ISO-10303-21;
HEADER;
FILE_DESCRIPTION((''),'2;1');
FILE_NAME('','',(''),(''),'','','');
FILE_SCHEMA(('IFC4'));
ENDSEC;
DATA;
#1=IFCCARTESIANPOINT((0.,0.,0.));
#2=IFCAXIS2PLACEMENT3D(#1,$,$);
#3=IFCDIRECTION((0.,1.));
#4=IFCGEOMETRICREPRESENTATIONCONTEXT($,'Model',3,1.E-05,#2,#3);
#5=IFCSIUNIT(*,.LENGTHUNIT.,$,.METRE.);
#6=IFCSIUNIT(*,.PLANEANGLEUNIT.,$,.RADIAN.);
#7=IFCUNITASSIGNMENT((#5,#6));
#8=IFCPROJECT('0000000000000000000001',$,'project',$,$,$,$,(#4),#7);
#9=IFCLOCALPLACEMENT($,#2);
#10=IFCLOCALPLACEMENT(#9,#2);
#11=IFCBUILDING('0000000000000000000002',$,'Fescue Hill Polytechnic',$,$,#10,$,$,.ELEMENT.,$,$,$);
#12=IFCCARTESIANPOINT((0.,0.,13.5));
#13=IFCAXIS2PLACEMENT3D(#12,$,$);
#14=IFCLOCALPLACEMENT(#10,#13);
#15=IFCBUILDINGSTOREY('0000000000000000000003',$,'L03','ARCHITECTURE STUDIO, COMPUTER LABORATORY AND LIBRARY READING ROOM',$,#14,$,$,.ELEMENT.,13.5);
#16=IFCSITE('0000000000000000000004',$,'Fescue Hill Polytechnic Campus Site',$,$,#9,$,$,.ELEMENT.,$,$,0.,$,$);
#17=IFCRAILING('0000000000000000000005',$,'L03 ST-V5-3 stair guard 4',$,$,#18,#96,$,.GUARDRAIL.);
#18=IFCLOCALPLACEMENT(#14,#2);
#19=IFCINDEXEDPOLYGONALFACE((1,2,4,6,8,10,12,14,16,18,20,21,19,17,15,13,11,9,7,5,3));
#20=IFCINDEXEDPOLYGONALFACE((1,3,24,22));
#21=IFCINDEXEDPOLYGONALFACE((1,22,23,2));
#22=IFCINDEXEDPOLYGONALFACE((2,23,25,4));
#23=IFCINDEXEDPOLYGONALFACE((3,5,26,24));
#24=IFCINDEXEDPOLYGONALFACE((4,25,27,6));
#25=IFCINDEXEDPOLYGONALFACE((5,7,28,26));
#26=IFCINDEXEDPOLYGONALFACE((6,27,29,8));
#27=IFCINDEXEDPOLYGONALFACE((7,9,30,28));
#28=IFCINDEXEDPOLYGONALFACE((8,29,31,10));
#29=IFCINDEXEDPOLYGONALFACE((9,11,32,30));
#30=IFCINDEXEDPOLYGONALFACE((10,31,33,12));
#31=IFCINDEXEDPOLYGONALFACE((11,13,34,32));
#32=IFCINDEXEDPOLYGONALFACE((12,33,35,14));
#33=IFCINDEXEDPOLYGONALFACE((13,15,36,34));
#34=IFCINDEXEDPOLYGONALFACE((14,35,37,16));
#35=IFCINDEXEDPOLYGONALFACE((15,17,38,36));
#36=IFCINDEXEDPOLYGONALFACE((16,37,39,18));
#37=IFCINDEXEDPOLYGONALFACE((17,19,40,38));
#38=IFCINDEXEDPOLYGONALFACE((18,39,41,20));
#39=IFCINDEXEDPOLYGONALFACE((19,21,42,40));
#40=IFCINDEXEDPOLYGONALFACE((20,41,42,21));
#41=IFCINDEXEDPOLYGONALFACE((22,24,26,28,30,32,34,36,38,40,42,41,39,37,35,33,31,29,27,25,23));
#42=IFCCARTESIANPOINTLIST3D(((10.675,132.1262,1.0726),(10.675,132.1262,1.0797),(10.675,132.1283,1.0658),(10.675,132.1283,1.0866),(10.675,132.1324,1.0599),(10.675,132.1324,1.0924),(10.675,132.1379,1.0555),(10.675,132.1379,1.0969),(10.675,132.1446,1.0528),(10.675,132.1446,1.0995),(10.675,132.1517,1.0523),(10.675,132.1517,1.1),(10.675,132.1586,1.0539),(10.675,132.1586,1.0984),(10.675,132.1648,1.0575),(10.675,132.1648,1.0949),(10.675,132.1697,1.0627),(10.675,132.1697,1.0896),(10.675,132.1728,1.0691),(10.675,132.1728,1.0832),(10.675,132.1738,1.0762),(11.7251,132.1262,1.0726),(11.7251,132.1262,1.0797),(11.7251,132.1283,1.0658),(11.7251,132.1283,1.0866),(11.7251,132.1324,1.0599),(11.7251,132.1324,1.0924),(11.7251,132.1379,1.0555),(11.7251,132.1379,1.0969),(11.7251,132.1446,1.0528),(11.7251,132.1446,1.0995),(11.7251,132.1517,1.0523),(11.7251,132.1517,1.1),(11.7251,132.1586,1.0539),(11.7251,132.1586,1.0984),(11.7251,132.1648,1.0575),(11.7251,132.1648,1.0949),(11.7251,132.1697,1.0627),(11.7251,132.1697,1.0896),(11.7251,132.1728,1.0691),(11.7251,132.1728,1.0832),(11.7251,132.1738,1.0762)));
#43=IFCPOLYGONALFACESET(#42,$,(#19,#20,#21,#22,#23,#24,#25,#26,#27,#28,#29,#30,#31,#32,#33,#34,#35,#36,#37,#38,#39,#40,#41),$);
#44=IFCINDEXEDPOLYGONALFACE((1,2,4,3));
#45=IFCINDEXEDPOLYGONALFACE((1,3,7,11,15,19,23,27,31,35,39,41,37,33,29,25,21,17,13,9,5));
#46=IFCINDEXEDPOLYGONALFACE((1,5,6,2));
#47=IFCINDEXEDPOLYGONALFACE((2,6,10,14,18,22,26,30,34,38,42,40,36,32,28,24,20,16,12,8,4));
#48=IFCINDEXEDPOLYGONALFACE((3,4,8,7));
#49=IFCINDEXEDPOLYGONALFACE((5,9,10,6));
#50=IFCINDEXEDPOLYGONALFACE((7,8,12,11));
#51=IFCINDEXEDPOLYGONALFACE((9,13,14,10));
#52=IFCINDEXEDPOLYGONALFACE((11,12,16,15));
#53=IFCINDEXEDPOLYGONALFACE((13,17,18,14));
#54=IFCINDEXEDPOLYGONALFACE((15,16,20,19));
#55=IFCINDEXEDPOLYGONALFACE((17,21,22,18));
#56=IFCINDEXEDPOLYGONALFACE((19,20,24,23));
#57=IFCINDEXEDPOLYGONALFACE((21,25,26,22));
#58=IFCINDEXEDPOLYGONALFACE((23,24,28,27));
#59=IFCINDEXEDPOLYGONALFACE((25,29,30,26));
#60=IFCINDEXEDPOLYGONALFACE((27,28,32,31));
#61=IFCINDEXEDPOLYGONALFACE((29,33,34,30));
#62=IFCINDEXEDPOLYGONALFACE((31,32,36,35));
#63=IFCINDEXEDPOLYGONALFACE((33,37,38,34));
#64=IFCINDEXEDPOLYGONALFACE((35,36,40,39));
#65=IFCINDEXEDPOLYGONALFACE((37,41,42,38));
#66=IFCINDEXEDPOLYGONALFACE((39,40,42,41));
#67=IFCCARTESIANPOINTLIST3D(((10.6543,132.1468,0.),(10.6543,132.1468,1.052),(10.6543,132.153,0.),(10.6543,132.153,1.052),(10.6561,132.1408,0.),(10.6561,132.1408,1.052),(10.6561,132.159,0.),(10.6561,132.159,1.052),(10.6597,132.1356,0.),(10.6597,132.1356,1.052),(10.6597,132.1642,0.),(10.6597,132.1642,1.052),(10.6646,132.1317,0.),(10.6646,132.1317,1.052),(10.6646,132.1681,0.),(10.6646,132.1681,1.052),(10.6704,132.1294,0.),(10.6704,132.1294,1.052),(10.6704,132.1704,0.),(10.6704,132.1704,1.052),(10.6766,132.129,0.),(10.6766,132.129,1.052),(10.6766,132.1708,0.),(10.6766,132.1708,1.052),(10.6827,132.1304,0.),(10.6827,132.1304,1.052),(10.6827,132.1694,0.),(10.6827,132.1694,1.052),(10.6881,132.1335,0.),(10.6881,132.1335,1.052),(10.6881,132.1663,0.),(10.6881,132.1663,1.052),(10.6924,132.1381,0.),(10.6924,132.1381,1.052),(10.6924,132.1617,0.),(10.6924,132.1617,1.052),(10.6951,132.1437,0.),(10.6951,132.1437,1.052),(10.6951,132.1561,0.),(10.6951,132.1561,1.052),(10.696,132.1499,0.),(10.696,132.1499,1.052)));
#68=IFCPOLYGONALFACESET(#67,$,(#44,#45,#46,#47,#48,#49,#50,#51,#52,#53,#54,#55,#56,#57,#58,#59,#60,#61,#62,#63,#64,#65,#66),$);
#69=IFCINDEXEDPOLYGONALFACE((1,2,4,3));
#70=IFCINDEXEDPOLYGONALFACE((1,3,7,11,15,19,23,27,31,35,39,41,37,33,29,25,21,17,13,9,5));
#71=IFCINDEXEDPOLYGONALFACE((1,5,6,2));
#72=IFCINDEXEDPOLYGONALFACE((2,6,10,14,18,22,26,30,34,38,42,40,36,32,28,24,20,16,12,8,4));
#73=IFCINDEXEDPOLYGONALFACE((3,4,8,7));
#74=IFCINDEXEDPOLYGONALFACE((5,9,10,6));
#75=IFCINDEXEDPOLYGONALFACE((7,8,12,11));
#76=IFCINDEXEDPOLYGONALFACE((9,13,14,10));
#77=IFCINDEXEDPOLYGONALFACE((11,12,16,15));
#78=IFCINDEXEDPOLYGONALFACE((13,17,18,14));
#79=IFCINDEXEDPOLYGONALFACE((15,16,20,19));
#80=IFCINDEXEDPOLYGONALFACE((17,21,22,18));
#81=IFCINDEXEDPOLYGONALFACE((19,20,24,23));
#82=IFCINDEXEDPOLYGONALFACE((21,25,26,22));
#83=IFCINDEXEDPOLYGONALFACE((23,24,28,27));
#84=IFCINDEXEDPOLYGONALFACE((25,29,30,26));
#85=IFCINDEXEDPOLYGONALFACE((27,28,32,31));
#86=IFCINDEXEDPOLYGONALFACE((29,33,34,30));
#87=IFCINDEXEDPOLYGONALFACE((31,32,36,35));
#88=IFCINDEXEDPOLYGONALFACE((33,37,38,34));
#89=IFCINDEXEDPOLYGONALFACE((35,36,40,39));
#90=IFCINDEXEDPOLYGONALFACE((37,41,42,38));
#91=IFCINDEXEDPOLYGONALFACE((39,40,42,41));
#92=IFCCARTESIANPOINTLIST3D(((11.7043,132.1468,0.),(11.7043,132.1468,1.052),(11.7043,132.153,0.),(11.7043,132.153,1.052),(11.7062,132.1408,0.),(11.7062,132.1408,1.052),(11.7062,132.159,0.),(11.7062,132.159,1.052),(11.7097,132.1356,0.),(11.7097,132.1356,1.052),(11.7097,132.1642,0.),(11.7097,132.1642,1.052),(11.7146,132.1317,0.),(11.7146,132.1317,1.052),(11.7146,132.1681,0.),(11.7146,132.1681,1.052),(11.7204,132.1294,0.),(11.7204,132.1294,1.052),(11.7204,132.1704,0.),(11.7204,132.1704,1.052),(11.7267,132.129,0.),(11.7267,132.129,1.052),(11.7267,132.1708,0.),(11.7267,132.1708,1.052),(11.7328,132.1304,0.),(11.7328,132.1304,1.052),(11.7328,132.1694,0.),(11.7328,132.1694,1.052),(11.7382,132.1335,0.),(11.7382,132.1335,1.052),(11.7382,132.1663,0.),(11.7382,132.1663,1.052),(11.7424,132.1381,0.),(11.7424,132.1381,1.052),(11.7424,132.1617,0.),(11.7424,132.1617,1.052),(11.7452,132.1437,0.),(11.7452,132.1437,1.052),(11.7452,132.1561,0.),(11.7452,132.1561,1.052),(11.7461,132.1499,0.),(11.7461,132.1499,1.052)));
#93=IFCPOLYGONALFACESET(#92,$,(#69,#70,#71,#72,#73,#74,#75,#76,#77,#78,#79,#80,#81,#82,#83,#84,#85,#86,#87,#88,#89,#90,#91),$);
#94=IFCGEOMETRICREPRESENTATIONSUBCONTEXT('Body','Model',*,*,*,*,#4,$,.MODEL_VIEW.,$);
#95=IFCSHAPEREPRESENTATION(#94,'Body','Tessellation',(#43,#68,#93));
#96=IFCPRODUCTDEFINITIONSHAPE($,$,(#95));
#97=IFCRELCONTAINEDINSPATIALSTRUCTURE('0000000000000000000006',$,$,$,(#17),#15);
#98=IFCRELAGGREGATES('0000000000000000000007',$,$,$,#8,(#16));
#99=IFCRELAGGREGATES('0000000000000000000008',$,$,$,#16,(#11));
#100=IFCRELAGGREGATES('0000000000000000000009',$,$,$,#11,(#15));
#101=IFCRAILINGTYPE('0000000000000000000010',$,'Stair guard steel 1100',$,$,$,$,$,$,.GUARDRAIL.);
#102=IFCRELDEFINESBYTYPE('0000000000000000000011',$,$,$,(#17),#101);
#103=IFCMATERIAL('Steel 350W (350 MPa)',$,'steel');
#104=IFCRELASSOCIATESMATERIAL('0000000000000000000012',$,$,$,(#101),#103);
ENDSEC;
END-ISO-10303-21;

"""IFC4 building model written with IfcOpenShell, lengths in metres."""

from ifc_helpers import new_model, si_unit, direction, frame, origin, origin_2d, place, context, subcontext, project, spatial, circle, extrude, material, type_object, element, save


model = new_model("IFC4")

# Units and contexts
model_context = context("Model", 3, precision=1e-05, world=origin(), true_north=direction((0.0, 1.0)))
body_context = subcontext(model_context, "Body", "Model", "MODEL_VIEW")
ifc_project = project(units=[si_unit("LENGTHUNIT", "METRE"), si_unit("PLANEANGLEUNIT", "RADIAN")], contexts=[model_context])

# Site, building, storey
site_placement = place(None, origin())
site = spatial("IfcSite", under=ifc_project, at=site_placement, Name="Fescue Hill Polytechnic Campus Site", CompositionType="ELEMENT", RefElevation=0.0)
building_placement = place(site_placement, origin())
building = spatial("IfcBuilding", under=site, at=building_placement, Name="Fescue Hill Polytechnic", CompositionType="ELEMENT")
storey_placement = place(building_placement, frame((0.0, 0.0, 13.5)))
storey = spatial("IfcBuildingStorey", under=building, at=storey_placement, Name="L03", Description="ARCHITECTURE STUDIO, COMPUTER LABORATORY AND LIBRARY READING ROOM", CompositionType="ELEMENT", Elevation=13.5)

# Railing
ifc_material_1 = material(Name="Steel 350W (350 MPa)", Category="steel")
railing_type_1 = type_object("IfcRailingType", Name="Stair guard steel 1100", PredefinedType="GUARDRAIL", material=ifc_material_1)
railing_1_placement = place(storey_placement, frame((10.675, 132.1499, 0.0)))
element("IfcRailing", 1, at=railing_1_placement, inside=storey, type_object=railing_type_1, Name="L03 ST-V5-3 stair guard 4", PredefinedType="GUARDRAIL", context=body_context, shape_type="SweptSolid", body=[
    extrude(circle(Radius=0.0239, at=origin_2d()), frame((0.0, 0.0, 1.0762), z_axis=(1.0, 0.0, 0.0), x_axis=(0.0, 1.0, 0.0)), (0.0, 0.0, 1.0), 1.05),
    extrude(circle(Radius=0.021, at=origin_2d()), origin(), (0.0, 0.0, 1.0), 1.052),
    extrude(circle(Radius=0.021, at=origin_2d()), frame((1.05, 0.0, 0.0)), (0.0, 0.0, 1.0), 1.052),
])

save(model, "model.ifc")
